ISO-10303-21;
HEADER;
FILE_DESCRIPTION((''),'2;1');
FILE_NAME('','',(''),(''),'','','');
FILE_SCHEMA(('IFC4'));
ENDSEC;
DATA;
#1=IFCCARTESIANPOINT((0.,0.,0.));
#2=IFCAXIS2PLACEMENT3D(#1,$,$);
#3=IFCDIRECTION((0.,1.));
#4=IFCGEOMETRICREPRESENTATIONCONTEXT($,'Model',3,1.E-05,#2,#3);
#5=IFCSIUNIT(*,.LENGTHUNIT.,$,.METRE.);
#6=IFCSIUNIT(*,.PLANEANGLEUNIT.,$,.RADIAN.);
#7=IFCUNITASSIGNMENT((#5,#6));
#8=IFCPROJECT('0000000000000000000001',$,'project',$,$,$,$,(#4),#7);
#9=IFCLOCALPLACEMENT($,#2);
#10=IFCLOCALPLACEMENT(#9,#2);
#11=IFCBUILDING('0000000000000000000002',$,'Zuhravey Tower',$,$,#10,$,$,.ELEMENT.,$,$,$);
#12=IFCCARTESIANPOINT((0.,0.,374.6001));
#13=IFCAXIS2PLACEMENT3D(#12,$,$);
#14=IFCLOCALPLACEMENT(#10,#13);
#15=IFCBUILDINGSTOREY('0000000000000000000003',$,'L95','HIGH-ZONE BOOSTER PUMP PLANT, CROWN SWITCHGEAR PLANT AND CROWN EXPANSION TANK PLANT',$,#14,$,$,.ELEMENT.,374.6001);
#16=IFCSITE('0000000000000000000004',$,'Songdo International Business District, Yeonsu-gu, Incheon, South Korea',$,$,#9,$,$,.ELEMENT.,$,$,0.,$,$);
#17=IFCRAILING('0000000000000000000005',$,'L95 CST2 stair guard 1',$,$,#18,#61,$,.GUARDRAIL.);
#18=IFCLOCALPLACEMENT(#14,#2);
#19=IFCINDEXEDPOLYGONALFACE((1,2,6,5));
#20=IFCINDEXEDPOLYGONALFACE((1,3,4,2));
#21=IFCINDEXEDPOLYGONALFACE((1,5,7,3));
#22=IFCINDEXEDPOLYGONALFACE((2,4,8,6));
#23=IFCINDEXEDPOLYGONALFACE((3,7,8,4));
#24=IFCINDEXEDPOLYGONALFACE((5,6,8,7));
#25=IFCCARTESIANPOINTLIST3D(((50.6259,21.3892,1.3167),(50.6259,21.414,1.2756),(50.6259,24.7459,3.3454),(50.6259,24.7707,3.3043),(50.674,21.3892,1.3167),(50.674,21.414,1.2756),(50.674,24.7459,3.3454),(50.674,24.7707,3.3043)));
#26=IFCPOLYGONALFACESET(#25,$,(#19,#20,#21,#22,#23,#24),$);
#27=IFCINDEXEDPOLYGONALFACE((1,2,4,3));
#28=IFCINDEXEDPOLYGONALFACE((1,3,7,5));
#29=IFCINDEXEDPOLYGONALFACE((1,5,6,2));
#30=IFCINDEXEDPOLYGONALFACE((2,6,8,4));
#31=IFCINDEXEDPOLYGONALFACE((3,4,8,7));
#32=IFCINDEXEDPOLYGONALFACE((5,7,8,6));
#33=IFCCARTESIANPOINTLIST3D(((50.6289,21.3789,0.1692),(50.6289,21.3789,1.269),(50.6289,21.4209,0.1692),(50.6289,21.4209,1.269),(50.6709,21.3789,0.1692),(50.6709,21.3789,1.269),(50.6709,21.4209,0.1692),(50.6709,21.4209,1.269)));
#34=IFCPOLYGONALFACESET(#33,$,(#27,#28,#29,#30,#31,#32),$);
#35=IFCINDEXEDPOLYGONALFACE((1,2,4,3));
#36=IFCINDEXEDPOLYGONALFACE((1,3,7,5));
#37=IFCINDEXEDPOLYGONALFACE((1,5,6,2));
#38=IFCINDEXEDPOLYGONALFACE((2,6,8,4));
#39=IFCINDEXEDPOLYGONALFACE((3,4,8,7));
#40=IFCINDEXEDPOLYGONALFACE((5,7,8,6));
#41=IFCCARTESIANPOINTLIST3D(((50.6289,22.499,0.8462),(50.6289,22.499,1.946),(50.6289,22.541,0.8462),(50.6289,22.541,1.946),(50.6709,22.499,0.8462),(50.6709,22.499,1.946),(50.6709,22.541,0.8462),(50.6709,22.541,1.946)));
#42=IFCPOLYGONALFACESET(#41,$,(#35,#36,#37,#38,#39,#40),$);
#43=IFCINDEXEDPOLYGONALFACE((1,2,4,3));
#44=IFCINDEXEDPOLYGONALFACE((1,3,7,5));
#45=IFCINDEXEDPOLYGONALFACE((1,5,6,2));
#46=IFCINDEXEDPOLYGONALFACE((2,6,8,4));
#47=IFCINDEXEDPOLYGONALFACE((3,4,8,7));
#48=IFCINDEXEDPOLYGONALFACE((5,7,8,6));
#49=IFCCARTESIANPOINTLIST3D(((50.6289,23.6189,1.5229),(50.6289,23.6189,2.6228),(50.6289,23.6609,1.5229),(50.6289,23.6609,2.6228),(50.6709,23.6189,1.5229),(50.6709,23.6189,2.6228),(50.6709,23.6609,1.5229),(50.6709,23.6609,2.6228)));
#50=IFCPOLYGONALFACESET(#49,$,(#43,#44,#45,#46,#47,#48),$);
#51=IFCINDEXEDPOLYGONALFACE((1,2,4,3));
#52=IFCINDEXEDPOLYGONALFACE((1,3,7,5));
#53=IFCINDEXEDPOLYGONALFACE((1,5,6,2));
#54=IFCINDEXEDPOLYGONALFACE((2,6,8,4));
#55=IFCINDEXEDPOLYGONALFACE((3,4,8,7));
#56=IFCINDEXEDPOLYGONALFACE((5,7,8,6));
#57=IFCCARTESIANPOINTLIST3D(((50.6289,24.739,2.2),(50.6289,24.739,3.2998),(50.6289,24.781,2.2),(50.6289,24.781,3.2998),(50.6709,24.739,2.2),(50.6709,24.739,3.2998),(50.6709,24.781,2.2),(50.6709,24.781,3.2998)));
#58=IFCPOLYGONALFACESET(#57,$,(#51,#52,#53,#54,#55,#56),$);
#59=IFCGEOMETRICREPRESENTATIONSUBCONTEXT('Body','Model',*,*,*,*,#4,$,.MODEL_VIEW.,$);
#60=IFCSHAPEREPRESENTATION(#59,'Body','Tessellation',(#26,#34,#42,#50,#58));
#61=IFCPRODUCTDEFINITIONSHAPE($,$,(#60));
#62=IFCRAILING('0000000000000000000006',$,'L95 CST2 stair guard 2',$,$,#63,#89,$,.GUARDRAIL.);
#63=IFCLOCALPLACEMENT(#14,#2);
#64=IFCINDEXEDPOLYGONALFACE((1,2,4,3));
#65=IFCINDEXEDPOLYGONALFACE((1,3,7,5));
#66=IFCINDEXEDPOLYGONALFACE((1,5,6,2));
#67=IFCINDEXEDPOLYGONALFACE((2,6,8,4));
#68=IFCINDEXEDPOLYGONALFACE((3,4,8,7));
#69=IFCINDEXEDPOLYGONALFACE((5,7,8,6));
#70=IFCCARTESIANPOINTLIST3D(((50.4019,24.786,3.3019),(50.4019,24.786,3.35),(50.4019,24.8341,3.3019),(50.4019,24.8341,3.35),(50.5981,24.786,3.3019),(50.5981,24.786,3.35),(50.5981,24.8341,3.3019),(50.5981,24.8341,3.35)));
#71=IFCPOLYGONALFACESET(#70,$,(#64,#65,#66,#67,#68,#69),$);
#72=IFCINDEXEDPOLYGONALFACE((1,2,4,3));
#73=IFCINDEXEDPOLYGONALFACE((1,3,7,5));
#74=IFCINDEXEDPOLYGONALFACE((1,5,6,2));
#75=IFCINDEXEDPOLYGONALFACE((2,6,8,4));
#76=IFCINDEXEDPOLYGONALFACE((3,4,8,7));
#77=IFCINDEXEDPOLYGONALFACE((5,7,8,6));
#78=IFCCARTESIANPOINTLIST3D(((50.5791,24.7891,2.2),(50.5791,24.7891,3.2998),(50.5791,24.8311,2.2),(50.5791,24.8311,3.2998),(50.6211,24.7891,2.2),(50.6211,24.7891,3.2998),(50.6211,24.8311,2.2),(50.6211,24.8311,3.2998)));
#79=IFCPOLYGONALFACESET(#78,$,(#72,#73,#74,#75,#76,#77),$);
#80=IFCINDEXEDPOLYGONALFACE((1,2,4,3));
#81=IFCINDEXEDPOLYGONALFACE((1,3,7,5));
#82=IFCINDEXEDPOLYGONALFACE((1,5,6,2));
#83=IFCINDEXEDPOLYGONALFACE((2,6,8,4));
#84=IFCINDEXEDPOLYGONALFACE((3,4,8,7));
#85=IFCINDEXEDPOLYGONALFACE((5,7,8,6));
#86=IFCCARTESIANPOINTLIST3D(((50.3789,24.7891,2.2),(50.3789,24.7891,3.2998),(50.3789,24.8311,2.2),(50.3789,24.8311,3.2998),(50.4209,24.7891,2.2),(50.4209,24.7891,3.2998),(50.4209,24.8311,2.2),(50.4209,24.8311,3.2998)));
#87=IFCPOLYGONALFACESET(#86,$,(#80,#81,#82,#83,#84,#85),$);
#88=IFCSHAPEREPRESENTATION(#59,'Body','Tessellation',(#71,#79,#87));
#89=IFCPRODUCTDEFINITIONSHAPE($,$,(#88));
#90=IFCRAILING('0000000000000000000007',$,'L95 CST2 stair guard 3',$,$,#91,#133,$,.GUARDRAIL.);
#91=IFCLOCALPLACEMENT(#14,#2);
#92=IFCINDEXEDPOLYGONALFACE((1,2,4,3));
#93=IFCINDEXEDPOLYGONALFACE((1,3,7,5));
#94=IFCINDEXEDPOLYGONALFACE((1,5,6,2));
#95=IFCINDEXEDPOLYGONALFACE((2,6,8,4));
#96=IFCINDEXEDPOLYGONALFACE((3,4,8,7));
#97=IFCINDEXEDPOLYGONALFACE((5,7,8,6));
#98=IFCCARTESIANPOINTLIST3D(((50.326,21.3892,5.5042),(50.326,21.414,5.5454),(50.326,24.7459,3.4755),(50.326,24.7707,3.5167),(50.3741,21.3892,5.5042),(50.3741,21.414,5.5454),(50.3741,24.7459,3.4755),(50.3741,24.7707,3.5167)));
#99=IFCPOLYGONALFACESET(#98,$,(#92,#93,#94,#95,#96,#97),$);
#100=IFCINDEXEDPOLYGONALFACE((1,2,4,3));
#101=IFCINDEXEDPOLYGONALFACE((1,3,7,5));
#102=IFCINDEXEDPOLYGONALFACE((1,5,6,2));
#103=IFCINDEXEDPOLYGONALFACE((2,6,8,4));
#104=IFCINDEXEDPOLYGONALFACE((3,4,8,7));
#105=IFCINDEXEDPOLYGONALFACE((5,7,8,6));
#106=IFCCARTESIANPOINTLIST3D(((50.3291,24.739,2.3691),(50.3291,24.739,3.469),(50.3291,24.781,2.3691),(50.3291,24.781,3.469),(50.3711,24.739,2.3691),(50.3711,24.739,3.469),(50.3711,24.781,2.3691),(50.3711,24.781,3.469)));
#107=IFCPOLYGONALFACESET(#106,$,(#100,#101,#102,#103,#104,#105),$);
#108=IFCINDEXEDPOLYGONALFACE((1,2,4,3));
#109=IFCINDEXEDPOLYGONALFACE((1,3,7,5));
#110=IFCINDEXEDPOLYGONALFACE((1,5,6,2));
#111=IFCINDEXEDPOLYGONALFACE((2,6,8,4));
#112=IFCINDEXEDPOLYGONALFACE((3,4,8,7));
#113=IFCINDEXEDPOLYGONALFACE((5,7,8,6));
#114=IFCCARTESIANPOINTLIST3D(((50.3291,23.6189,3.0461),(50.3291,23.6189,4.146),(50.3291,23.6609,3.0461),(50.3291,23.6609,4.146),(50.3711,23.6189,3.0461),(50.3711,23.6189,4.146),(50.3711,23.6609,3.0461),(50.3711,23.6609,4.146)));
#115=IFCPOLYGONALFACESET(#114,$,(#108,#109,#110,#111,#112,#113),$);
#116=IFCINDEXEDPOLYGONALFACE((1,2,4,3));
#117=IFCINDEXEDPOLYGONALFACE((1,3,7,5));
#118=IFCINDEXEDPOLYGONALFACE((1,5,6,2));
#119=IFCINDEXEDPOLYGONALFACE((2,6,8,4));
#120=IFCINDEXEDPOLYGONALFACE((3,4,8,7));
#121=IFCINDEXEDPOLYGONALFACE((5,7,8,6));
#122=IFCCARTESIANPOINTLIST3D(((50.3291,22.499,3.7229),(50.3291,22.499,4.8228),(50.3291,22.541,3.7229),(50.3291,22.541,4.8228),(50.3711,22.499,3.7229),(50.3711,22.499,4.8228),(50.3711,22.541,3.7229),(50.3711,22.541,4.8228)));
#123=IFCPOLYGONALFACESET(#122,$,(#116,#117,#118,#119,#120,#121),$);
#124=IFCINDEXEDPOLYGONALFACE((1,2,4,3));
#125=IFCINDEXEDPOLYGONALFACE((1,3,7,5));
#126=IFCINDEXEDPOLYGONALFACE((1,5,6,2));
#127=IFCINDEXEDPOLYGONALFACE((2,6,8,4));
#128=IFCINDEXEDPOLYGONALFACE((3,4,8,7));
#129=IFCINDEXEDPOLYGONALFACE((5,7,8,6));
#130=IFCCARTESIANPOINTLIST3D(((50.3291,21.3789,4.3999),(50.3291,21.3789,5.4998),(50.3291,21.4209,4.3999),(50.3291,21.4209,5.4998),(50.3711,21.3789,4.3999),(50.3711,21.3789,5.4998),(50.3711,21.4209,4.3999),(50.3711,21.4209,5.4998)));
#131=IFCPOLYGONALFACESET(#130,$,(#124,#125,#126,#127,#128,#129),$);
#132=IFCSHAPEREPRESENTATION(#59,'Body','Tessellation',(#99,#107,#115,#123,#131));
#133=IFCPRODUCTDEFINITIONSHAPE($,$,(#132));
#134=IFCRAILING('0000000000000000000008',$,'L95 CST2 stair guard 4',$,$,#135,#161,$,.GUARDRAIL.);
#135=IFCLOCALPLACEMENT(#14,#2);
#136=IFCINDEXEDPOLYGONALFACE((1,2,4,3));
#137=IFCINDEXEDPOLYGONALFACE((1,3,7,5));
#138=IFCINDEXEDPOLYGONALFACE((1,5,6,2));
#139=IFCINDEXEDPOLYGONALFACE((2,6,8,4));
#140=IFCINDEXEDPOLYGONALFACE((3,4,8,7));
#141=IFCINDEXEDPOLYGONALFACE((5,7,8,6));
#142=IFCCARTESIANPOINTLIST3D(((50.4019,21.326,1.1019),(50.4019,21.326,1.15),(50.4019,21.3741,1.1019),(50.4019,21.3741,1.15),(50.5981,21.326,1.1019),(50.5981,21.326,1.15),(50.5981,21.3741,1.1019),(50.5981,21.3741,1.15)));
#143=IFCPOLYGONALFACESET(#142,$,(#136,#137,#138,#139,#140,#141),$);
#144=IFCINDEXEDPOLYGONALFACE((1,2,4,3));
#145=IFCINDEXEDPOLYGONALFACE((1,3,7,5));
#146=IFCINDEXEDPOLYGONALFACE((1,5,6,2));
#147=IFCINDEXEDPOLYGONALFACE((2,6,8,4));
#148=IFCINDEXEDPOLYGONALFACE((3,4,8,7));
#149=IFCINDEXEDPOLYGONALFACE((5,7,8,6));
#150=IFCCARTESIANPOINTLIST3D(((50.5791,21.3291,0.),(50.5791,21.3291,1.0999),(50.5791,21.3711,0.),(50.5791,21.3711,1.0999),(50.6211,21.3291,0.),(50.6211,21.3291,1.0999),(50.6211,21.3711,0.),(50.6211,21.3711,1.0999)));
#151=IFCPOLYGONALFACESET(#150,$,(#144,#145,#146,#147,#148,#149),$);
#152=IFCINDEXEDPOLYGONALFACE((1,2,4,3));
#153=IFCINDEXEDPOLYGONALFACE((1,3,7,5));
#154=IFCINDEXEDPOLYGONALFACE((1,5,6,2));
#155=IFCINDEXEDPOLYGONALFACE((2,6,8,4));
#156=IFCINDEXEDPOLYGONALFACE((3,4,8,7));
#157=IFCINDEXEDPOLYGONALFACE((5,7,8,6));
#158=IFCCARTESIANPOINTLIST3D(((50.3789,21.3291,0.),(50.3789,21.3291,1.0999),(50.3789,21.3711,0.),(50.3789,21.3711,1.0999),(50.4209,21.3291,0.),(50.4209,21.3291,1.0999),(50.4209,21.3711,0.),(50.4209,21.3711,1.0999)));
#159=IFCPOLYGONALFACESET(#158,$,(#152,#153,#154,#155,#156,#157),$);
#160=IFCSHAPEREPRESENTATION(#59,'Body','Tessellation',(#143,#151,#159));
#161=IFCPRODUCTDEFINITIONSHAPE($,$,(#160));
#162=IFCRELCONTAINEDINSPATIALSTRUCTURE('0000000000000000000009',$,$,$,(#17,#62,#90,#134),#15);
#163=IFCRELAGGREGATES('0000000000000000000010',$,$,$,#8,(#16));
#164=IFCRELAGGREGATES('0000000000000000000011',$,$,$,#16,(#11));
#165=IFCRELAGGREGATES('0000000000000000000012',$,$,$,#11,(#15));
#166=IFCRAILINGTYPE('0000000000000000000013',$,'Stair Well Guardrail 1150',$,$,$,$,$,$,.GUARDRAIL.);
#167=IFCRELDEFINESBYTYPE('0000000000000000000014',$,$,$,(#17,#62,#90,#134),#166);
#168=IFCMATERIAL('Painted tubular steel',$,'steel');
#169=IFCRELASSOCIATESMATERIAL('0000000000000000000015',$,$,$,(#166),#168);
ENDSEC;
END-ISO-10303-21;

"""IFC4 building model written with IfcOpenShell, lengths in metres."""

from ifc_helpers import new_model, si_unit, direction, frame, origin, origin_2d, place, context, subcontext, project, spatial, rectangle, extrude, material, type_object, element, save


model = new_model("IFC4")

# Units and contexts
model_context = context("Model", 3, precision=1e-05, world=origin(), true_north=direction((0.0, 1.0)))
body_context = subcontext(model_context, "Body", "Model", "MODEL_VIEW")
ifc_project = project(units=[si_unit("LENGTHUNIT", "METRE"), si_unit("PLANEANGLEUNIT", "RADIAN")], contexts=[model_context])

# Site, building, storey
site_placement = place(None, origin())
site = spatial("IfcSite", under=ifc_project, at=site_placement, Name="Songdo International Business District, Yeonsu-gu, Incheon, South Korea", CompositionType="ELEMENT", RefElevation=0.0)
building_placement = place(site_placement, origin())
building = spatial("IfcBuilding", under=site, at=building_placement, Name="Zuhravey Tower", CompositionType="ELEMENT")
storey_placement = place(building_placement, frame((0.0, 0.0, 374.6001)))
storey = spatial("IfcBuildingStorey", under=building, at=storey_placement, Name="L95", Description="HIGH-ZONE BOOSTER PUMP PLANT, CROWN SWITCHGEAR PLANT AND CROWN EXPANSION TANK PLANT", CompositionType="ELEMENT", Elevation=374.6001)

# Railings
ifc_material_1 = material(Name="Painted tubular steel", Category="steel")
railing_type_1 = type_object("IfcRailingType", Name="Stair Well Guardrail 1150", PredefinedType="GUARDRAIL", material=ifc_material_1)
railing_1_placement = place(storey_placement, frame((50.6499, 21.3999, 0.1692)))
element("IfcRailing", 1, at=railing_1_placement, inside=storey, type_object=railing_type_1, Name="L95 CST2 stair guard 1", PredefinedType="GUARDRAIL", context=body_context, shape_type="SweptSolid", body=[
    extrude(rectangle(XDim=0.0481, YDim=0.0481, at=origin_2d()), frame((0.0, 0.0017, 1.127), z_axis=(0.0, 0.855837, 0.517246), x_axis=(-1.0, 0.0, 0.0)), (0.0, 0.0, 1.0), 3.9221),
    extrude(rectangle(XDim=0.042, YDim=0.042, at=origin_2d()), origin(), (0.0, 0.0, 1.0), 1.0999),
    extrude(rectangle(XDim=0.042, YDim=0.042, at=origin_2d()), frame((0.0, 1.1201, 0.677)), (0.0, 0.0, 1.0), 1.0999),
    extrude(rectangle(XDim=0.042, YDim=0.042, at=origin_2d()), frame((0.0, 2.24, 1.3538)), (0.0, 0.0, 1.0), 1.0999),
    extrude(rectangle(XDim=0.042, YDim=0.042, at=origin_2d()), frame((0.0, 3.3601, 2.0308)), (0.0, 0.0, 1.0), 1.0999),
])
railing_2_placement = place(storey_placement, frame((50.6001, 24.8101, 2.2)))
element("IfcRailing", 2, at=railing_2_placement, inside=storey, type_object=railing_type_1, Name="L95 CST2 stair guard 2", PredefinedType="GUARDRAIL", context=body_context, shape_type="SweptSolid", body=[
    extrude(rectangle(XDim=0.0481, YDim=0.0481, at=origin_2d()), frame((-0.002, 0.0, 1.126), z_axis=(-1.0, 0.0, 0.0), x_axis=(0.0, -1.0, 0.0)), (0.0, 0.0, 1.0), 0.1963),
    extrude(rectangle(XDim=0.042, YDim=0.042, at=origin_2d()), origin(), (0.0, 0.0, 1.0), 1.0999),
    extrude(rectangle(XDim=0.042, YDim=0.042, at=origin_2d()), frame((-0.2002, 0.0, 0.0)), (0.0, 0.0, 1.0), 1.0999),
])
railing_3_placement = place(storey_placement, frame((50.3501, 24.76, 2.3691)))
element("IfcRailing", 3, at=railing_3_placement, inside=storey, type_object=railing_type_1, Name="L95 CST2 stair guard 3", PredefinedType="GUARDRAIL", context=body_context, shape_type="SweptSolid", body=[
    extrude(rectangle(XDim=0.0481, YDim=0.0481, at=origin_2d()), frame((0.0, -0.0017, 1.127), z_axis=(0.0, -0.855837, 0.517246), x_axis=(1.0, 0.0, 0.0)), (0.0, 0.0, 1.0), 3.9221),
    extrude(rectangle(XDim=0.042, YDim=0.042, at=origin_2d()), origin(), (0.0, 0.0, 1.0), 1.0999),
    extrude(rectangle(XDim=0.042, YDim=0.042, at=origin_2d()), frame((0.0, -1.1201, 0.677)), (0.0, 0.0, 1.0), 1.0999),
    extrude(rectangle(XDim=0.042, YDim=0.042, at=origin_2d()), frame((0.0, -2.24, 1.3538)), (0.0, 0.0, 1.0), 1.0999),
    extrude(rectangle(XDim=0.042, YDim=0.042, at=origin_2d()), frame((0.0, -3.3601, 2.0308)), (0.0, 0.0, 1.0), 1.0999),
])
railing_4_placement = place(storey_placement, frame((50.6001, 21.3501, 0.0)))
element("IfcRailing", 4, at=railing_4_placement, inside=storey, type_object=railing_type_1, Name="L95 CST2 stair guard 4", PredefinedType="GUARDRAIL", context=body_context, shape_type="SweptSolid", body=[
    extrude(rectangle(XDim=0.0481, YDim=0.0481, at=origin_2d()), frame((-0.002, 0.0, 1.126), z_axis=(-1.0, 0.0, 0.0), x_axis=(0.0, -1.0, 0.0)), (0.0, 0.0, 1.0), 0.1963),
    extrude(rectangle(XDim=0.042, YDim=0.042, at=origin_2d()), origin(), (0.0, 0.0, 1.0), 1.0999),
    extrude(rectangle(XDim=0.042, YDim=0.042, at=origin_2d()), frame((-0.2002, 0.0, 0.0)), (0.0, 0.0, 1.0), 1.0999),
])

save(model, "model.ifc")
